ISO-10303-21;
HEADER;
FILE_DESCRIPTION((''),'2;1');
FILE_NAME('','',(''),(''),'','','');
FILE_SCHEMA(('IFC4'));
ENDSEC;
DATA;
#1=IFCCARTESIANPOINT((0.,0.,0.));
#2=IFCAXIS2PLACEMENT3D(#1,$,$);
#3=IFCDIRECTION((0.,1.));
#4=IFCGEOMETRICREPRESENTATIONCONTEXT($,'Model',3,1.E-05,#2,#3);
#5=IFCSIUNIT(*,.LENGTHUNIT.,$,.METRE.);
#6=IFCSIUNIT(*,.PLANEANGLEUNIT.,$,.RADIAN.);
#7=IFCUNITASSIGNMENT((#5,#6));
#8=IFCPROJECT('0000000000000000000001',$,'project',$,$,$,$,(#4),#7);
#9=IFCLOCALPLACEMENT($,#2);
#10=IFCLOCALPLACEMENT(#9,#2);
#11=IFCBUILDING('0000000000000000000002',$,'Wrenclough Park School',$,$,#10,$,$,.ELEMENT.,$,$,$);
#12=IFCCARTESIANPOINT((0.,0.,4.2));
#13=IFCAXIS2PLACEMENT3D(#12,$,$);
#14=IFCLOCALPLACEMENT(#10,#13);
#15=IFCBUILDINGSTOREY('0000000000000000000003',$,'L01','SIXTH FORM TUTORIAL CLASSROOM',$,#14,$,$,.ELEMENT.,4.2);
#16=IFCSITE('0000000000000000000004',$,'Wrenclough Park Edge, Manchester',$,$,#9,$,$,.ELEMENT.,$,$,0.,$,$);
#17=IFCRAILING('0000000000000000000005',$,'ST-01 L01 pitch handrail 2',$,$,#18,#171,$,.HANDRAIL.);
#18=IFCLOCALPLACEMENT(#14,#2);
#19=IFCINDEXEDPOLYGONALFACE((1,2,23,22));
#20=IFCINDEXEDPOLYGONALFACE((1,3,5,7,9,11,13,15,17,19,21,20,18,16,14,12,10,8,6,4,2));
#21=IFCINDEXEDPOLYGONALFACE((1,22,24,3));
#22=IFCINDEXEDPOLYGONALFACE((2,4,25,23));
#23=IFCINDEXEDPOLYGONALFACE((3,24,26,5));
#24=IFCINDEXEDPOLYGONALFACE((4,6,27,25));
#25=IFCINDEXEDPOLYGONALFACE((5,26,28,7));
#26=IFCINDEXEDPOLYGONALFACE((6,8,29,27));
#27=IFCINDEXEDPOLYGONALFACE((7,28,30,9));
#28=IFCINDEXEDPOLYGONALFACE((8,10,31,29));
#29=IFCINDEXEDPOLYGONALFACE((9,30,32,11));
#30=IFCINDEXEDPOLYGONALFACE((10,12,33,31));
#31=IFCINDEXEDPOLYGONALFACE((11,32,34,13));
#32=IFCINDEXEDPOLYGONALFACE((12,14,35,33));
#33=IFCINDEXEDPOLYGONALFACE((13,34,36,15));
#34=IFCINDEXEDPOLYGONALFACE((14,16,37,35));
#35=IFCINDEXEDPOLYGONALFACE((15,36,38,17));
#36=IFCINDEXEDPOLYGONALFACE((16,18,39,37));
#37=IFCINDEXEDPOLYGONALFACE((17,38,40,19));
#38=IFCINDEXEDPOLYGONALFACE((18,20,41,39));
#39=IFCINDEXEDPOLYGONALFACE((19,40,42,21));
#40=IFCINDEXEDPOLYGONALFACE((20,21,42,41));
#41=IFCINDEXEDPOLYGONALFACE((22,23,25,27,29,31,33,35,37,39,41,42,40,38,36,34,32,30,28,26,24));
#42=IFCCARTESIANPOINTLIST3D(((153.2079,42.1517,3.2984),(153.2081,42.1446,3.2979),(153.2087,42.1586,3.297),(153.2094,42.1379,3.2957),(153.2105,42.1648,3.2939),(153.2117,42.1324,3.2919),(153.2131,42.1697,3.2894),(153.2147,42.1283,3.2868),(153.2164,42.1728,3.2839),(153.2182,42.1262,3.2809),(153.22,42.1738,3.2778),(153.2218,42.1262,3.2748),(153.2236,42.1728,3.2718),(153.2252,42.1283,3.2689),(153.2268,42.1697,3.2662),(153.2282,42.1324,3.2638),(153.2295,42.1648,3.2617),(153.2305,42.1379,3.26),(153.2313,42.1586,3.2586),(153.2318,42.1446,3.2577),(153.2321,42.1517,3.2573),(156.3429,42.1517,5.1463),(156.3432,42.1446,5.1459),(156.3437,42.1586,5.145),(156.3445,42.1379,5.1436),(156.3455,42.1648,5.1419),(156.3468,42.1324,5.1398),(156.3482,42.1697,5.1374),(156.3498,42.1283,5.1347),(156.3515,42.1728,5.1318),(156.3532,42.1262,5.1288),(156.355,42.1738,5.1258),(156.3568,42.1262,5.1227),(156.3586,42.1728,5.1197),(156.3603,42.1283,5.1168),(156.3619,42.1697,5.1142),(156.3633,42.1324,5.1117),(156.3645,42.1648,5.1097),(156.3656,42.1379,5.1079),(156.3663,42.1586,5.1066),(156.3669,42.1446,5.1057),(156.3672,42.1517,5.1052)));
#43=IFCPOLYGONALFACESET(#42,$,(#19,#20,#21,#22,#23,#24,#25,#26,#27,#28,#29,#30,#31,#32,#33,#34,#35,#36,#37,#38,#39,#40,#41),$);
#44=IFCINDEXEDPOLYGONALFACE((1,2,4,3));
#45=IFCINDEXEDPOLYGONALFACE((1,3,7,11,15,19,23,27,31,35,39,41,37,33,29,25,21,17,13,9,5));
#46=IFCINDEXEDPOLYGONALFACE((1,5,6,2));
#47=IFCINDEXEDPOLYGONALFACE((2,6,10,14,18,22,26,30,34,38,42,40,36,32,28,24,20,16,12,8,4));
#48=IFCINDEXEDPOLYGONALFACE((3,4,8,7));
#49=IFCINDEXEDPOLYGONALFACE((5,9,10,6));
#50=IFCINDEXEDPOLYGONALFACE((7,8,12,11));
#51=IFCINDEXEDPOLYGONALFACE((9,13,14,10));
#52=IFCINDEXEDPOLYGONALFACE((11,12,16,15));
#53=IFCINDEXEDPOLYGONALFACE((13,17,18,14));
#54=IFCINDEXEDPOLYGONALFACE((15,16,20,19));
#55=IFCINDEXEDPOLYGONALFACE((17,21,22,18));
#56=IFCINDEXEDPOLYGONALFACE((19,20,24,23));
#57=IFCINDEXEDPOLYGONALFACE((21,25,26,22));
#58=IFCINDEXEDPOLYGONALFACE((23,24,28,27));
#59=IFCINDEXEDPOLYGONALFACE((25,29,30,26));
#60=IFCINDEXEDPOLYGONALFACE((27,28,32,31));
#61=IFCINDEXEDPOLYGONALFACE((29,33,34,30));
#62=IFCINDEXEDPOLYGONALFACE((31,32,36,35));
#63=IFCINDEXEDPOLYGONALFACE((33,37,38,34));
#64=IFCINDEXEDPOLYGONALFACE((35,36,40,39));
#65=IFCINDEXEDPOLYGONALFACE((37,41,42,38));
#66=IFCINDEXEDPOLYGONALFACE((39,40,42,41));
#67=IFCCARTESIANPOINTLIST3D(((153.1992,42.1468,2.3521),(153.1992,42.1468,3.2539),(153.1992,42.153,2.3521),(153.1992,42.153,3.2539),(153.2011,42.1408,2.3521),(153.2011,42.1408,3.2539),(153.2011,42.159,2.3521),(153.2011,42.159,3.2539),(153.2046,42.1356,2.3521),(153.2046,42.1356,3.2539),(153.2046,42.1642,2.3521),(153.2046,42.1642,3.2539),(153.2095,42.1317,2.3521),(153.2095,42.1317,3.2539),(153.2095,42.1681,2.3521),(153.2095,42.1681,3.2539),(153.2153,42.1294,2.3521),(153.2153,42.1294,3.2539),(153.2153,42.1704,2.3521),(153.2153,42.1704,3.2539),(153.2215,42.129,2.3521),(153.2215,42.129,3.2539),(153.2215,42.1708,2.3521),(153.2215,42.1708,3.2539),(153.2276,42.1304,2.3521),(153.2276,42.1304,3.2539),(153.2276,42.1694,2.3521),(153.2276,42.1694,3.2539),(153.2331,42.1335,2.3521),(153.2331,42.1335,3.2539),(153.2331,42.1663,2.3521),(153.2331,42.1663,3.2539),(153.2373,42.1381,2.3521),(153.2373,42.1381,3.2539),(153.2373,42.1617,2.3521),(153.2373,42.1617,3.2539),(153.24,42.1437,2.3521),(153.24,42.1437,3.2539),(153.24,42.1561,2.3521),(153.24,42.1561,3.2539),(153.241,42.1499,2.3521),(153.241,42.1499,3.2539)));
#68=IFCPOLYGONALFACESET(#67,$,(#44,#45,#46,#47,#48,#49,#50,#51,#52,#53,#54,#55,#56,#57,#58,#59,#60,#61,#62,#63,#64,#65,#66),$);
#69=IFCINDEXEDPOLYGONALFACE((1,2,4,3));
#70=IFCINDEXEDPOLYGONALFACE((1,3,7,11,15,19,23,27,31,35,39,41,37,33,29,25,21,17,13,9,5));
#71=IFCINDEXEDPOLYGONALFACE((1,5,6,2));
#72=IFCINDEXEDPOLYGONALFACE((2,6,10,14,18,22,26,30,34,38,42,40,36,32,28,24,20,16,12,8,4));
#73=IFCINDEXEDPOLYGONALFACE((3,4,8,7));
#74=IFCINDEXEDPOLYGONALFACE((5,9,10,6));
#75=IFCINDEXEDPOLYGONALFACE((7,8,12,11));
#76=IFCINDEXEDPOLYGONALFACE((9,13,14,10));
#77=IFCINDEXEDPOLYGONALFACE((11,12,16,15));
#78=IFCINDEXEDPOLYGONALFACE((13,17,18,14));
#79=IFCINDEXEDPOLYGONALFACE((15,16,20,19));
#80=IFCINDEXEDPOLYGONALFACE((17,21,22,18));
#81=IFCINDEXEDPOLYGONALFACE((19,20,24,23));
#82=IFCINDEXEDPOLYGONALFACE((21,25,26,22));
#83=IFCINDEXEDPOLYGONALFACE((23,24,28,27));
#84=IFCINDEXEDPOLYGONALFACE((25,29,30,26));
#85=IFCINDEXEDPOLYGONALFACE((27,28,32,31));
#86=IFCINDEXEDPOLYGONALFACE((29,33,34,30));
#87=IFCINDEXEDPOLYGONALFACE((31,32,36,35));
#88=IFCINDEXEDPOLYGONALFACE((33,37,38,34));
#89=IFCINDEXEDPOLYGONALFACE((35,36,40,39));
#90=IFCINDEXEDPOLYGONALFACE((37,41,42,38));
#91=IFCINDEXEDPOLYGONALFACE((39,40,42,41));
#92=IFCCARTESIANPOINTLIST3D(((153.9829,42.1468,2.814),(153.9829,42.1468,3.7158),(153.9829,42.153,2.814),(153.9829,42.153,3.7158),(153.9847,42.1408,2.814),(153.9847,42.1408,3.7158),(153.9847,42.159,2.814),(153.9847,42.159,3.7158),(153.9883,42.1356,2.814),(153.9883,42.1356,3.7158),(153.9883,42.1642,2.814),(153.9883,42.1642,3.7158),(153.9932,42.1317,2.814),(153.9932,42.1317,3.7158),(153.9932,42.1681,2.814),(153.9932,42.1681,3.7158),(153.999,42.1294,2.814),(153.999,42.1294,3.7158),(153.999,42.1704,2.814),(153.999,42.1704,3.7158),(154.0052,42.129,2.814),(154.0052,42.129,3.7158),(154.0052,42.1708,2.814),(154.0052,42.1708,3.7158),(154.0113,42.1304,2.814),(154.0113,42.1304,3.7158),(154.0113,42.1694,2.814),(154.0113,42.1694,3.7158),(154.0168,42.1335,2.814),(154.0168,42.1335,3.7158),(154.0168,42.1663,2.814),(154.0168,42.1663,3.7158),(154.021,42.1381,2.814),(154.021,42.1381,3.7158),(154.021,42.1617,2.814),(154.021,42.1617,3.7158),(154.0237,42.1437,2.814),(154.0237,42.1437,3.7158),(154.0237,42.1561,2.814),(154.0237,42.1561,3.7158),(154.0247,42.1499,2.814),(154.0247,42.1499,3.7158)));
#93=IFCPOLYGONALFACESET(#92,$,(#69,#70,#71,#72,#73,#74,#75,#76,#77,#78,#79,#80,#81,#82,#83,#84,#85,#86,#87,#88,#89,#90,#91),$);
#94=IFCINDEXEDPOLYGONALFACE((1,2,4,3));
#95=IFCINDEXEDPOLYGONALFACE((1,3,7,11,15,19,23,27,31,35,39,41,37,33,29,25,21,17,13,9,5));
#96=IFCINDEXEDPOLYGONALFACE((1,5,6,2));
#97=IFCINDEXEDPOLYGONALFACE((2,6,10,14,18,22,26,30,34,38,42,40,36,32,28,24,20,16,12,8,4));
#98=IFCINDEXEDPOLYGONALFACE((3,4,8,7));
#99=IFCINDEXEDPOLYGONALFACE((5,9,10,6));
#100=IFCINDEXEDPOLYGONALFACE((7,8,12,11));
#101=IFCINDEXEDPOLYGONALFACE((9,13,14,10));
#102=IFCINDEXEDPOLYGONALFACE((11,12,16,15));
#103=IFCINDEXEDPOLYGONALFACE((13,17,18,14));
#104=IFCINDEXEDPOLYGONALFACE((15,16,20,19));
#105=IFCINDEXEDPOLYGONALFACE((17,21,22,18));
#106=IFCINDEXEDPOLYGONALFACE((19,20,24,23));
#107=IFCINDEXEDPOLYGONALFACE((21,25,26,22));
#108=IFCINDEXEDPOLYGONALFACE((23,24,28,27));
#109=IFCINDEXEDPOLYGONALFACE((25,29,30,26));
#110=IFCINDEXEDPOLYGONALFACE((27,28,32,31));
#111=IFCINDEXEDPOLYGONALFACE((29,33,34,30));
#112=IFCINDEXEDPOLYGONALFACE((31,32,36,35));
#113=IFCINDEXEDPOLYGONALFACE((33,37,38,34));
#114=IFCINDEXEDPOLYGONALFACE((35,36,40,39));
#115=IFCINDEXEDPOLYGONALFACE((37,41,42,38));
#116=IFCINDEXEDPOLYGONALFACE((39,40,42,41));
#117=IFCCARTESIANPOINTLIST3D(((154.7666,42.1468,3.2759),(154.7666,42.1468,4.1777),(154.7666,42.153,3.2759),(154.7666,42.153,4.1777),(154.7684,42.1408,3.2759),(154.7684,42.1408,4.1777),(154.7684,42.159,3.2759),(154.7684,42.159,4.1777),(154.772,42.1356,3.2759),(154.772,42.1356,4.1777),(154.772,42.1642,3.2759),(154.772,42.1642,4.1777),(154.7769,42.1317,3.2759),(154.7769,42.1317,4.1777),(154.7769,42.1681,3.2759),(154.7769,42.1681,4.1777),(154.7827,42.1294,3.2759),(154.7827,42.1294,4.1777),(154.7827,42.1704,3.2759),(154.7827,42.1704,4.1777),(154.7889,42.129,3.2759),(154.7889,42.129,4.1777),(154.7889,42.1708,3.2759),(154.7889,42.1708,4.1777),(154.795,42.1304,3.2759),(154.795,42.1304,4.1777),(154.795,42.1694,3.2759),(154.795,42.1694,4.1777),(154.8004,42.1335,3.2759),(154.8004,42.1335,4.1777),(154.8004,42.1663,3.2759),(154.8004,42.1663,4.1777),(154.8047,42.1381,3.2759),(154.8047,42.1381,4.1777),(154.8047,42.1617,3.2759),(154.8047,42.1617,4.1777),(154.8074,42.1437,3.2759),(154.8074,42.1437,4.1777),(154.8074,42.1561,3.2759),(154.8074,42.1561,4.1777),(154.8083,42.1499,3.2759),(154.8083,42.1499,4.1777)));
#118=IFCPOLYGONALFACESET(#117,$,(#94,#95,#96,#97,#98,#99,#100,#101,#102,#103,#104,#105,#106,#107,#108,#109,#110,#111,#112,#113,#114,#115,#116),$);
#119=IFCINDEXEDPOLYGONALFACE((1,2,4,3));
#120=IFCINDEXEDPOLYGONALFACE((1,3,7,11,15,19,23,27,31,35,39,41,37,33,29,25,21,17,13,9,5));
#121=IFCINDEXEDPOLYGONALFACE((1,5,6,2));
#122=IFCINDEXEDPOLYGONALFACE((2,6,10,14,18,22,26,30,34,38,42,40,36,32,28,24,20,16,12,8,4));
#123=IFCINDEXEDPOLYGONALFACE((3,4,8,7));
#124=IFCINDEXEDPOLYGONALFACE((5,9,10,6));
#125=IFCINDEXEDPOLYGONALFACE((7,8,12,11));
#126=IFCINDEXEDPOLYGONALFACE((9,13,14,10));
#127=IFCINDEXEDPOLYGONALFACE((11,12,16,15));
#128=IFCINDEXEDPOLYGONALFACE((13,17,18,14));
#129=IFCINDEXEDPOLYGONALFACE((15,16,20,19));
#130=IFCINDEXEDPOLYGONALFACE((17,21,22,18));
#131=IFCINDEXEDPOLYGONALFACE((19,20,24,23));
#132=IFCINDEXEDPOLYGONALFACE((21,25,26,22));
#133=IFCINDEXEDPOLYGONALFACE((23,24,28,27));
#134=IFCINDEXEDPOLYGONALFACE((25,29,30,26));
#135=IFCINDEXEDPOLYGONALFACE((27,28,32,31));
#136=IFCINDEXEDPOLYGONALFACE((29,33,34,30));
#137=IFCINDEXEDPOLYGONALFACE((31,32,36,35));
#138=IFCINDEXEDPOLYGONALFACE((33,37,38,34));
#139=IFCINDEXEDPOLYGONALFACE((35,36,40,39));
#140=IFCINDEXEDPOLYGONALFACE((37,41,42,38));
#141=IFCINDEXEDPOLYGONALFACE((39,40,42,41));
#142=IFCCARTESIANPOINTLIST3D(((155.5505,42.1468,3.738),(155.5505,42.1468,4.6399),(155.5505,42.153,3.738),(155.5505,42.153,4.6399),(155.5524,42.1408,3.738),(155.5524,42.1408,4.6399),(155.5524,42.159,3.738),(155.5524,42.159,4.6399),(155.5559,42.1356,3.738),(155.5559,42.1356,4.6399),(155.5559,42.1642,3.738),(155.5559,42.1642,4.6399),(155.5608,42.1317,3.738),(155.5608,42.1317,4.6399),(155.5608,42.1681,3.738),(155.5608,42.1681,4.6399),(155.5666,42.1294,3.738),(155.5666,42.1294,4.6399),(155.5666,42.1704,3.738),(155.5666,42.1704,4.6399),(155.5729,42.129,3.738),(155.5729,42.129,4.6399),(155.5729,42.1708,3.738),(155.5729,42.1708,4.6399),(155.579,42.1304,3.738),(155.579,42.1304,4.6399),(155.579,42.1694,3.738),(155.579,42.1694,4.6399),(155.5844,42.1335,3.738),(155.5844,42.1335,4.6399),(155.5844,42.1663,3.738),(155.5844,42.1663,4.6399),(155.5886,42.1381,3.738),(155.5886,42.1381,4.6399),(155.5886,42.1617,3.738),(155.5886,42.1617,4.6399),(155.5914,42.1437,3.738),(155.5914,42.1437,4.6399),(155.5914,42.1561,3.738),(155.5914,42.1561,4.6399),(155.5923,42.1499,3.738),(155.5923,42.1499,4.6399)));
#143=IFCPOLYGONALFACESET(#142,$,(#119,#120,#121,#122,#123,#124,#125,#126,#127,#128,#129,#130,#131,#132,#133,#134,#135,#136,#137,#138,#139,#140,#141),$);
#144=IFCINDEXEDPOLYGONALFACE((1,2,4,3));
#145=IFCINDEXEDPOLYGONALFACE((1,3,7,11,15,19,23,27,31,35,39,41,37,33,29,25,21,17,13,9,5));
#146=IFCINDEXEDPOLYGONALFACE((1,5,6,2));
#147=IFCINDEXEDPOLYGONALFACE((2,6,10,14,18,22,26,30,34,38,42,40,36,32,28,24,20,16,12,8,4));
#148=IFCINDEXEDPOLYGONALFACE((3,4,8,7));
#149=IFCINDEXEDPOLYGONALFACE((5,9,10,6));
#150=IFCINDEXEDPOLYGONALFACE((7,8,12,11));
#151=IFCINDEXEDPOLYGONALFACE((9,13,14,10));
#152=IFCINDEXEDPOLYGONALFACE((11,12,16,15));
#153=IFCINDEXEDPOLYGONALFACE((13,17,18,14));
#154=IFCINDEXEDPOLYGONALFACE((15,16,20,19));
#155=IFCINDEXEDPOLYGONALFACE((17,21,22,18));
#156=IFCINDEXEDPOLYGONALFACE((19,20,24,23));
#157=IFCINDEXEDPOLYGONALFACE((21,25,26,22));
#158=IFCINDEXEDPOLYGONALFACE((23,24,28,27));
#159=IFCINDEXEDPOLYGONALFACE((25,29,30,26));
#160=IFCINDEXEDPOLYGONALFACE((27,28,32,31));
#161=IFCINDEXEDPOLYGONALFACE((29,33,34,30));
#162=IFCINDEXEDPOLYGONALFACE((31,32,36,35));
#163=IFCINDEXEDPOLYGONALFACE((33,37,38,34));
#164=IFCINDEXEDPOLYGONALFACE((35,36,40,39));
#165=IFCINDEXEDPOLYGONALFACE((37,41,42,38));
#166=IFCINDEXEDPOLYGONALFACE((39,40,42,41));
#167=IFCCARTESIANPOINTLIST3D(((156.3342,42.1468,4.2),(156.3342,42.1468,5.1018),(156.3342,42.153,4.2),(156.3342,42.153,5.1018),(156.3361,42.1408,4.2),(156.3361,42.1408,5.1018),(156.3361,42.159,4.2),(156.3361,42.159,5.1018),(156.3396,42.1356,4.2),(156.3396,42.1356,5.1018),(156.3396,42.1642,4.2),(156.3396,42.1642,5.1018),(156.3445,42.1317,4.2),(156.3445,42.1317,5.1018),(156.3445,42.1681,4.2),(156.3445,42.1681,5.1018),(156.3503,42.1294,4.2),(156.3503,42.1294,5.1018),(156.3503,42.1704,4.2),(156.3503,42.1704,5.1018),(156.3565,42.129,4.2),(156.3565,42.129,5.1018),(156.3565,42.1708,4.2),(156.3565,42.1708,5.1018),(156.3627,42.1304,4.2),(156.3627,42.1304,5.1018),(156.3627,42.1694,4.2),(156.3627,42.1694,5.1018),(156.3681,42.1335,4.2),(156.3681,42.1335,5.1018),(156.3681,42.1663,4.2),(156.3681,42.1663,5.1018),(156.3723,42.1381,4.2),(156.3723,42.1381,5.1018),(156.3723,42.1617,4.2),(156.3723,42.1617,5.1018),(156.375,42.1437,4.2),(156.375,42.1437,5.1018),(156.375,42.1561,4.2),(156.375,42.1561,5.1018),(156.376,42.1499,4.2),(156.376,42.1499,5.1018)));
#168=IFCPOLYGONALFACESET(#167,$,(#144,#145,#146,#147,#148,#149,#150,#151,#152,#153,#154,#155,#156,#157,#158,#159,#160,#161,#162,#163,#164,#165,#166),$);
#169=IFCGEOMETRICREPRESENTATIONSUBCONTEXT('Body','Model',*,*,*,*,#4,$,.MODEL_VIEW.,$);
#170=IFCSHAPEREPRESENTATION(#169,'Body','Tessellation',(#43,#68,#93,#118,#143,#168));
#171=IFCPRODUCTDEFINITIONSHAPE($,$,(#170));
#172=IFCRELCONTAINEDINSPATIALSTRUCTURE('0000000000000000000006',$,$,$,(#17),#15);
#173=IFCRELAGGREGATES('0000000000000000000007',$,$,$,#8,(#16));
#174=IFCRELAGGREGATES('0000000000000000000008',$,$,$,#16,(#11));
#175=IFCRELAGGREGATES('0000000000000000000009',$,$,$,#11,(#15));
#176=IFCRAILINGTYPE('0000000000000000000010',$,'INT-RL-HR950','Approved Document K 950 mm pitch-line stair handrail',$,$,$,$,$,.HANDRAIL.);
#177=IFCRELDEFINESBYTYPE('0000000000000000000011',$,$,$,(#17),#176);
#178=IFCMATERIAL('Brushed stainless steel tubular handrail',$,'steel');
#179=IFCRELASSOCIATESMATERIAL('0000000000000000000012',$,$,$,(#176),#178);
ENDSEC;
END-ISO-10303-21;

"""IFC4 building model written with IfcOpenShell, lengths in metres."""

from ifc_helpers import new_model, si_unit, direction, frame, origin, origin_2d, place, context, subcontext, project, spatial, circle, extrude, material, type_object, element, save


model = new_model("IFC4")

# Units and contexts
model_context = context("Model", 3, precision=1e-05, world=origin(), true_north=direction((0.0, 1.0)))
body_context = subcontext(model_context, "Body", "Model", "MODEL_VIEW")
ifc_project = project(units=[si_unit("LENGTHUNIT", "METRE"), si_unit("PLANEANGLEUNIT", "RADIAN")], contexts=[model_context])

# Site, building, storey
site_placement = place(None, origin())
site = spatial("IfcSite", under=ifc_project, at=site_placement, Name="Wrenclough Park Edge, Manchester", CompositionType="ELEMENT", RefElevation=0.0)
building_placement = place(site_placement, origin())
building = spatial("IfcBuilding", under=site, at=building_placement, Name="Wrenclough Park School", CompositionType="ELEMENT")
storey_placement = place(building_placement, frame((0.0, 0.0, 4.2)))
storey = spatial("IfcBuildingStorey", under=building, at=storey_placement, Name="L01", Description="SIXTH FORM TUTORIAL CLASSROOM", CompositionType="ELEMENT", Elevation=4.2)

# Railing
ifc_material_1 = material(Name="Brushed stainless steel tubular handrail", Category="steel")
railing_type_1 = type_object("IfcRailingType", Name="INT-RL-HR950", Description="Approved Document K 950 mm pitch-line stair handrail", PredefinedType="HANDRAIL", material=ifc_material_1)
railing_1_placement = place(storey_placement, frame((153.22, 42.1499, 2.3521)))
element("IfcRailing", 1, at=railing_1_placement, inside=storey, type_object=railing_type_1, Name="ST-01 L01 pitch handrail 2", PredefinedType="HANDRAIL", context=body_context, shape_type="SweptSolid", body=[
    extrude(circle(Radius=0.0239, at=origin_2d()), frame((0.0, 0.0, 0.9258), z_axis=(0.86148, 0.0, 0.507791), x_axis=(0.0, 1.0, 0.0)), (0.0, 0.0, 1.0), 3.6392),
    extrude(circle(Radius=0.021, at=origin_2d()), origin(), (0.0, 0.0, 1.0), 0.9019),
    extrude(circle(Radius=0.021, at=origin_2d()), frame((0.7837, 0.0, 0.4619)), (0.0, 0.0, 1.0), 0.9019),
    extrude(circle(Radius=0.021, at=origin_2d()), frame((1.5674, 0.0, 0.9238)), (0.0, 0.0, 1.0), 0.9019),
    extrude(circle(Radius=0.021, at=origin_2d()), frame((2.3513, 0.0, 1.386)), (0.0, 0.0, 1.0), 0.9019),
    extrude(circle(Radius=0.021, at=origin_2d()), frame((3.135, 0.0, 1.8479)), (0.0, 0.0, 1.0), 0.9019),
])

save(model, "model.ifc")
